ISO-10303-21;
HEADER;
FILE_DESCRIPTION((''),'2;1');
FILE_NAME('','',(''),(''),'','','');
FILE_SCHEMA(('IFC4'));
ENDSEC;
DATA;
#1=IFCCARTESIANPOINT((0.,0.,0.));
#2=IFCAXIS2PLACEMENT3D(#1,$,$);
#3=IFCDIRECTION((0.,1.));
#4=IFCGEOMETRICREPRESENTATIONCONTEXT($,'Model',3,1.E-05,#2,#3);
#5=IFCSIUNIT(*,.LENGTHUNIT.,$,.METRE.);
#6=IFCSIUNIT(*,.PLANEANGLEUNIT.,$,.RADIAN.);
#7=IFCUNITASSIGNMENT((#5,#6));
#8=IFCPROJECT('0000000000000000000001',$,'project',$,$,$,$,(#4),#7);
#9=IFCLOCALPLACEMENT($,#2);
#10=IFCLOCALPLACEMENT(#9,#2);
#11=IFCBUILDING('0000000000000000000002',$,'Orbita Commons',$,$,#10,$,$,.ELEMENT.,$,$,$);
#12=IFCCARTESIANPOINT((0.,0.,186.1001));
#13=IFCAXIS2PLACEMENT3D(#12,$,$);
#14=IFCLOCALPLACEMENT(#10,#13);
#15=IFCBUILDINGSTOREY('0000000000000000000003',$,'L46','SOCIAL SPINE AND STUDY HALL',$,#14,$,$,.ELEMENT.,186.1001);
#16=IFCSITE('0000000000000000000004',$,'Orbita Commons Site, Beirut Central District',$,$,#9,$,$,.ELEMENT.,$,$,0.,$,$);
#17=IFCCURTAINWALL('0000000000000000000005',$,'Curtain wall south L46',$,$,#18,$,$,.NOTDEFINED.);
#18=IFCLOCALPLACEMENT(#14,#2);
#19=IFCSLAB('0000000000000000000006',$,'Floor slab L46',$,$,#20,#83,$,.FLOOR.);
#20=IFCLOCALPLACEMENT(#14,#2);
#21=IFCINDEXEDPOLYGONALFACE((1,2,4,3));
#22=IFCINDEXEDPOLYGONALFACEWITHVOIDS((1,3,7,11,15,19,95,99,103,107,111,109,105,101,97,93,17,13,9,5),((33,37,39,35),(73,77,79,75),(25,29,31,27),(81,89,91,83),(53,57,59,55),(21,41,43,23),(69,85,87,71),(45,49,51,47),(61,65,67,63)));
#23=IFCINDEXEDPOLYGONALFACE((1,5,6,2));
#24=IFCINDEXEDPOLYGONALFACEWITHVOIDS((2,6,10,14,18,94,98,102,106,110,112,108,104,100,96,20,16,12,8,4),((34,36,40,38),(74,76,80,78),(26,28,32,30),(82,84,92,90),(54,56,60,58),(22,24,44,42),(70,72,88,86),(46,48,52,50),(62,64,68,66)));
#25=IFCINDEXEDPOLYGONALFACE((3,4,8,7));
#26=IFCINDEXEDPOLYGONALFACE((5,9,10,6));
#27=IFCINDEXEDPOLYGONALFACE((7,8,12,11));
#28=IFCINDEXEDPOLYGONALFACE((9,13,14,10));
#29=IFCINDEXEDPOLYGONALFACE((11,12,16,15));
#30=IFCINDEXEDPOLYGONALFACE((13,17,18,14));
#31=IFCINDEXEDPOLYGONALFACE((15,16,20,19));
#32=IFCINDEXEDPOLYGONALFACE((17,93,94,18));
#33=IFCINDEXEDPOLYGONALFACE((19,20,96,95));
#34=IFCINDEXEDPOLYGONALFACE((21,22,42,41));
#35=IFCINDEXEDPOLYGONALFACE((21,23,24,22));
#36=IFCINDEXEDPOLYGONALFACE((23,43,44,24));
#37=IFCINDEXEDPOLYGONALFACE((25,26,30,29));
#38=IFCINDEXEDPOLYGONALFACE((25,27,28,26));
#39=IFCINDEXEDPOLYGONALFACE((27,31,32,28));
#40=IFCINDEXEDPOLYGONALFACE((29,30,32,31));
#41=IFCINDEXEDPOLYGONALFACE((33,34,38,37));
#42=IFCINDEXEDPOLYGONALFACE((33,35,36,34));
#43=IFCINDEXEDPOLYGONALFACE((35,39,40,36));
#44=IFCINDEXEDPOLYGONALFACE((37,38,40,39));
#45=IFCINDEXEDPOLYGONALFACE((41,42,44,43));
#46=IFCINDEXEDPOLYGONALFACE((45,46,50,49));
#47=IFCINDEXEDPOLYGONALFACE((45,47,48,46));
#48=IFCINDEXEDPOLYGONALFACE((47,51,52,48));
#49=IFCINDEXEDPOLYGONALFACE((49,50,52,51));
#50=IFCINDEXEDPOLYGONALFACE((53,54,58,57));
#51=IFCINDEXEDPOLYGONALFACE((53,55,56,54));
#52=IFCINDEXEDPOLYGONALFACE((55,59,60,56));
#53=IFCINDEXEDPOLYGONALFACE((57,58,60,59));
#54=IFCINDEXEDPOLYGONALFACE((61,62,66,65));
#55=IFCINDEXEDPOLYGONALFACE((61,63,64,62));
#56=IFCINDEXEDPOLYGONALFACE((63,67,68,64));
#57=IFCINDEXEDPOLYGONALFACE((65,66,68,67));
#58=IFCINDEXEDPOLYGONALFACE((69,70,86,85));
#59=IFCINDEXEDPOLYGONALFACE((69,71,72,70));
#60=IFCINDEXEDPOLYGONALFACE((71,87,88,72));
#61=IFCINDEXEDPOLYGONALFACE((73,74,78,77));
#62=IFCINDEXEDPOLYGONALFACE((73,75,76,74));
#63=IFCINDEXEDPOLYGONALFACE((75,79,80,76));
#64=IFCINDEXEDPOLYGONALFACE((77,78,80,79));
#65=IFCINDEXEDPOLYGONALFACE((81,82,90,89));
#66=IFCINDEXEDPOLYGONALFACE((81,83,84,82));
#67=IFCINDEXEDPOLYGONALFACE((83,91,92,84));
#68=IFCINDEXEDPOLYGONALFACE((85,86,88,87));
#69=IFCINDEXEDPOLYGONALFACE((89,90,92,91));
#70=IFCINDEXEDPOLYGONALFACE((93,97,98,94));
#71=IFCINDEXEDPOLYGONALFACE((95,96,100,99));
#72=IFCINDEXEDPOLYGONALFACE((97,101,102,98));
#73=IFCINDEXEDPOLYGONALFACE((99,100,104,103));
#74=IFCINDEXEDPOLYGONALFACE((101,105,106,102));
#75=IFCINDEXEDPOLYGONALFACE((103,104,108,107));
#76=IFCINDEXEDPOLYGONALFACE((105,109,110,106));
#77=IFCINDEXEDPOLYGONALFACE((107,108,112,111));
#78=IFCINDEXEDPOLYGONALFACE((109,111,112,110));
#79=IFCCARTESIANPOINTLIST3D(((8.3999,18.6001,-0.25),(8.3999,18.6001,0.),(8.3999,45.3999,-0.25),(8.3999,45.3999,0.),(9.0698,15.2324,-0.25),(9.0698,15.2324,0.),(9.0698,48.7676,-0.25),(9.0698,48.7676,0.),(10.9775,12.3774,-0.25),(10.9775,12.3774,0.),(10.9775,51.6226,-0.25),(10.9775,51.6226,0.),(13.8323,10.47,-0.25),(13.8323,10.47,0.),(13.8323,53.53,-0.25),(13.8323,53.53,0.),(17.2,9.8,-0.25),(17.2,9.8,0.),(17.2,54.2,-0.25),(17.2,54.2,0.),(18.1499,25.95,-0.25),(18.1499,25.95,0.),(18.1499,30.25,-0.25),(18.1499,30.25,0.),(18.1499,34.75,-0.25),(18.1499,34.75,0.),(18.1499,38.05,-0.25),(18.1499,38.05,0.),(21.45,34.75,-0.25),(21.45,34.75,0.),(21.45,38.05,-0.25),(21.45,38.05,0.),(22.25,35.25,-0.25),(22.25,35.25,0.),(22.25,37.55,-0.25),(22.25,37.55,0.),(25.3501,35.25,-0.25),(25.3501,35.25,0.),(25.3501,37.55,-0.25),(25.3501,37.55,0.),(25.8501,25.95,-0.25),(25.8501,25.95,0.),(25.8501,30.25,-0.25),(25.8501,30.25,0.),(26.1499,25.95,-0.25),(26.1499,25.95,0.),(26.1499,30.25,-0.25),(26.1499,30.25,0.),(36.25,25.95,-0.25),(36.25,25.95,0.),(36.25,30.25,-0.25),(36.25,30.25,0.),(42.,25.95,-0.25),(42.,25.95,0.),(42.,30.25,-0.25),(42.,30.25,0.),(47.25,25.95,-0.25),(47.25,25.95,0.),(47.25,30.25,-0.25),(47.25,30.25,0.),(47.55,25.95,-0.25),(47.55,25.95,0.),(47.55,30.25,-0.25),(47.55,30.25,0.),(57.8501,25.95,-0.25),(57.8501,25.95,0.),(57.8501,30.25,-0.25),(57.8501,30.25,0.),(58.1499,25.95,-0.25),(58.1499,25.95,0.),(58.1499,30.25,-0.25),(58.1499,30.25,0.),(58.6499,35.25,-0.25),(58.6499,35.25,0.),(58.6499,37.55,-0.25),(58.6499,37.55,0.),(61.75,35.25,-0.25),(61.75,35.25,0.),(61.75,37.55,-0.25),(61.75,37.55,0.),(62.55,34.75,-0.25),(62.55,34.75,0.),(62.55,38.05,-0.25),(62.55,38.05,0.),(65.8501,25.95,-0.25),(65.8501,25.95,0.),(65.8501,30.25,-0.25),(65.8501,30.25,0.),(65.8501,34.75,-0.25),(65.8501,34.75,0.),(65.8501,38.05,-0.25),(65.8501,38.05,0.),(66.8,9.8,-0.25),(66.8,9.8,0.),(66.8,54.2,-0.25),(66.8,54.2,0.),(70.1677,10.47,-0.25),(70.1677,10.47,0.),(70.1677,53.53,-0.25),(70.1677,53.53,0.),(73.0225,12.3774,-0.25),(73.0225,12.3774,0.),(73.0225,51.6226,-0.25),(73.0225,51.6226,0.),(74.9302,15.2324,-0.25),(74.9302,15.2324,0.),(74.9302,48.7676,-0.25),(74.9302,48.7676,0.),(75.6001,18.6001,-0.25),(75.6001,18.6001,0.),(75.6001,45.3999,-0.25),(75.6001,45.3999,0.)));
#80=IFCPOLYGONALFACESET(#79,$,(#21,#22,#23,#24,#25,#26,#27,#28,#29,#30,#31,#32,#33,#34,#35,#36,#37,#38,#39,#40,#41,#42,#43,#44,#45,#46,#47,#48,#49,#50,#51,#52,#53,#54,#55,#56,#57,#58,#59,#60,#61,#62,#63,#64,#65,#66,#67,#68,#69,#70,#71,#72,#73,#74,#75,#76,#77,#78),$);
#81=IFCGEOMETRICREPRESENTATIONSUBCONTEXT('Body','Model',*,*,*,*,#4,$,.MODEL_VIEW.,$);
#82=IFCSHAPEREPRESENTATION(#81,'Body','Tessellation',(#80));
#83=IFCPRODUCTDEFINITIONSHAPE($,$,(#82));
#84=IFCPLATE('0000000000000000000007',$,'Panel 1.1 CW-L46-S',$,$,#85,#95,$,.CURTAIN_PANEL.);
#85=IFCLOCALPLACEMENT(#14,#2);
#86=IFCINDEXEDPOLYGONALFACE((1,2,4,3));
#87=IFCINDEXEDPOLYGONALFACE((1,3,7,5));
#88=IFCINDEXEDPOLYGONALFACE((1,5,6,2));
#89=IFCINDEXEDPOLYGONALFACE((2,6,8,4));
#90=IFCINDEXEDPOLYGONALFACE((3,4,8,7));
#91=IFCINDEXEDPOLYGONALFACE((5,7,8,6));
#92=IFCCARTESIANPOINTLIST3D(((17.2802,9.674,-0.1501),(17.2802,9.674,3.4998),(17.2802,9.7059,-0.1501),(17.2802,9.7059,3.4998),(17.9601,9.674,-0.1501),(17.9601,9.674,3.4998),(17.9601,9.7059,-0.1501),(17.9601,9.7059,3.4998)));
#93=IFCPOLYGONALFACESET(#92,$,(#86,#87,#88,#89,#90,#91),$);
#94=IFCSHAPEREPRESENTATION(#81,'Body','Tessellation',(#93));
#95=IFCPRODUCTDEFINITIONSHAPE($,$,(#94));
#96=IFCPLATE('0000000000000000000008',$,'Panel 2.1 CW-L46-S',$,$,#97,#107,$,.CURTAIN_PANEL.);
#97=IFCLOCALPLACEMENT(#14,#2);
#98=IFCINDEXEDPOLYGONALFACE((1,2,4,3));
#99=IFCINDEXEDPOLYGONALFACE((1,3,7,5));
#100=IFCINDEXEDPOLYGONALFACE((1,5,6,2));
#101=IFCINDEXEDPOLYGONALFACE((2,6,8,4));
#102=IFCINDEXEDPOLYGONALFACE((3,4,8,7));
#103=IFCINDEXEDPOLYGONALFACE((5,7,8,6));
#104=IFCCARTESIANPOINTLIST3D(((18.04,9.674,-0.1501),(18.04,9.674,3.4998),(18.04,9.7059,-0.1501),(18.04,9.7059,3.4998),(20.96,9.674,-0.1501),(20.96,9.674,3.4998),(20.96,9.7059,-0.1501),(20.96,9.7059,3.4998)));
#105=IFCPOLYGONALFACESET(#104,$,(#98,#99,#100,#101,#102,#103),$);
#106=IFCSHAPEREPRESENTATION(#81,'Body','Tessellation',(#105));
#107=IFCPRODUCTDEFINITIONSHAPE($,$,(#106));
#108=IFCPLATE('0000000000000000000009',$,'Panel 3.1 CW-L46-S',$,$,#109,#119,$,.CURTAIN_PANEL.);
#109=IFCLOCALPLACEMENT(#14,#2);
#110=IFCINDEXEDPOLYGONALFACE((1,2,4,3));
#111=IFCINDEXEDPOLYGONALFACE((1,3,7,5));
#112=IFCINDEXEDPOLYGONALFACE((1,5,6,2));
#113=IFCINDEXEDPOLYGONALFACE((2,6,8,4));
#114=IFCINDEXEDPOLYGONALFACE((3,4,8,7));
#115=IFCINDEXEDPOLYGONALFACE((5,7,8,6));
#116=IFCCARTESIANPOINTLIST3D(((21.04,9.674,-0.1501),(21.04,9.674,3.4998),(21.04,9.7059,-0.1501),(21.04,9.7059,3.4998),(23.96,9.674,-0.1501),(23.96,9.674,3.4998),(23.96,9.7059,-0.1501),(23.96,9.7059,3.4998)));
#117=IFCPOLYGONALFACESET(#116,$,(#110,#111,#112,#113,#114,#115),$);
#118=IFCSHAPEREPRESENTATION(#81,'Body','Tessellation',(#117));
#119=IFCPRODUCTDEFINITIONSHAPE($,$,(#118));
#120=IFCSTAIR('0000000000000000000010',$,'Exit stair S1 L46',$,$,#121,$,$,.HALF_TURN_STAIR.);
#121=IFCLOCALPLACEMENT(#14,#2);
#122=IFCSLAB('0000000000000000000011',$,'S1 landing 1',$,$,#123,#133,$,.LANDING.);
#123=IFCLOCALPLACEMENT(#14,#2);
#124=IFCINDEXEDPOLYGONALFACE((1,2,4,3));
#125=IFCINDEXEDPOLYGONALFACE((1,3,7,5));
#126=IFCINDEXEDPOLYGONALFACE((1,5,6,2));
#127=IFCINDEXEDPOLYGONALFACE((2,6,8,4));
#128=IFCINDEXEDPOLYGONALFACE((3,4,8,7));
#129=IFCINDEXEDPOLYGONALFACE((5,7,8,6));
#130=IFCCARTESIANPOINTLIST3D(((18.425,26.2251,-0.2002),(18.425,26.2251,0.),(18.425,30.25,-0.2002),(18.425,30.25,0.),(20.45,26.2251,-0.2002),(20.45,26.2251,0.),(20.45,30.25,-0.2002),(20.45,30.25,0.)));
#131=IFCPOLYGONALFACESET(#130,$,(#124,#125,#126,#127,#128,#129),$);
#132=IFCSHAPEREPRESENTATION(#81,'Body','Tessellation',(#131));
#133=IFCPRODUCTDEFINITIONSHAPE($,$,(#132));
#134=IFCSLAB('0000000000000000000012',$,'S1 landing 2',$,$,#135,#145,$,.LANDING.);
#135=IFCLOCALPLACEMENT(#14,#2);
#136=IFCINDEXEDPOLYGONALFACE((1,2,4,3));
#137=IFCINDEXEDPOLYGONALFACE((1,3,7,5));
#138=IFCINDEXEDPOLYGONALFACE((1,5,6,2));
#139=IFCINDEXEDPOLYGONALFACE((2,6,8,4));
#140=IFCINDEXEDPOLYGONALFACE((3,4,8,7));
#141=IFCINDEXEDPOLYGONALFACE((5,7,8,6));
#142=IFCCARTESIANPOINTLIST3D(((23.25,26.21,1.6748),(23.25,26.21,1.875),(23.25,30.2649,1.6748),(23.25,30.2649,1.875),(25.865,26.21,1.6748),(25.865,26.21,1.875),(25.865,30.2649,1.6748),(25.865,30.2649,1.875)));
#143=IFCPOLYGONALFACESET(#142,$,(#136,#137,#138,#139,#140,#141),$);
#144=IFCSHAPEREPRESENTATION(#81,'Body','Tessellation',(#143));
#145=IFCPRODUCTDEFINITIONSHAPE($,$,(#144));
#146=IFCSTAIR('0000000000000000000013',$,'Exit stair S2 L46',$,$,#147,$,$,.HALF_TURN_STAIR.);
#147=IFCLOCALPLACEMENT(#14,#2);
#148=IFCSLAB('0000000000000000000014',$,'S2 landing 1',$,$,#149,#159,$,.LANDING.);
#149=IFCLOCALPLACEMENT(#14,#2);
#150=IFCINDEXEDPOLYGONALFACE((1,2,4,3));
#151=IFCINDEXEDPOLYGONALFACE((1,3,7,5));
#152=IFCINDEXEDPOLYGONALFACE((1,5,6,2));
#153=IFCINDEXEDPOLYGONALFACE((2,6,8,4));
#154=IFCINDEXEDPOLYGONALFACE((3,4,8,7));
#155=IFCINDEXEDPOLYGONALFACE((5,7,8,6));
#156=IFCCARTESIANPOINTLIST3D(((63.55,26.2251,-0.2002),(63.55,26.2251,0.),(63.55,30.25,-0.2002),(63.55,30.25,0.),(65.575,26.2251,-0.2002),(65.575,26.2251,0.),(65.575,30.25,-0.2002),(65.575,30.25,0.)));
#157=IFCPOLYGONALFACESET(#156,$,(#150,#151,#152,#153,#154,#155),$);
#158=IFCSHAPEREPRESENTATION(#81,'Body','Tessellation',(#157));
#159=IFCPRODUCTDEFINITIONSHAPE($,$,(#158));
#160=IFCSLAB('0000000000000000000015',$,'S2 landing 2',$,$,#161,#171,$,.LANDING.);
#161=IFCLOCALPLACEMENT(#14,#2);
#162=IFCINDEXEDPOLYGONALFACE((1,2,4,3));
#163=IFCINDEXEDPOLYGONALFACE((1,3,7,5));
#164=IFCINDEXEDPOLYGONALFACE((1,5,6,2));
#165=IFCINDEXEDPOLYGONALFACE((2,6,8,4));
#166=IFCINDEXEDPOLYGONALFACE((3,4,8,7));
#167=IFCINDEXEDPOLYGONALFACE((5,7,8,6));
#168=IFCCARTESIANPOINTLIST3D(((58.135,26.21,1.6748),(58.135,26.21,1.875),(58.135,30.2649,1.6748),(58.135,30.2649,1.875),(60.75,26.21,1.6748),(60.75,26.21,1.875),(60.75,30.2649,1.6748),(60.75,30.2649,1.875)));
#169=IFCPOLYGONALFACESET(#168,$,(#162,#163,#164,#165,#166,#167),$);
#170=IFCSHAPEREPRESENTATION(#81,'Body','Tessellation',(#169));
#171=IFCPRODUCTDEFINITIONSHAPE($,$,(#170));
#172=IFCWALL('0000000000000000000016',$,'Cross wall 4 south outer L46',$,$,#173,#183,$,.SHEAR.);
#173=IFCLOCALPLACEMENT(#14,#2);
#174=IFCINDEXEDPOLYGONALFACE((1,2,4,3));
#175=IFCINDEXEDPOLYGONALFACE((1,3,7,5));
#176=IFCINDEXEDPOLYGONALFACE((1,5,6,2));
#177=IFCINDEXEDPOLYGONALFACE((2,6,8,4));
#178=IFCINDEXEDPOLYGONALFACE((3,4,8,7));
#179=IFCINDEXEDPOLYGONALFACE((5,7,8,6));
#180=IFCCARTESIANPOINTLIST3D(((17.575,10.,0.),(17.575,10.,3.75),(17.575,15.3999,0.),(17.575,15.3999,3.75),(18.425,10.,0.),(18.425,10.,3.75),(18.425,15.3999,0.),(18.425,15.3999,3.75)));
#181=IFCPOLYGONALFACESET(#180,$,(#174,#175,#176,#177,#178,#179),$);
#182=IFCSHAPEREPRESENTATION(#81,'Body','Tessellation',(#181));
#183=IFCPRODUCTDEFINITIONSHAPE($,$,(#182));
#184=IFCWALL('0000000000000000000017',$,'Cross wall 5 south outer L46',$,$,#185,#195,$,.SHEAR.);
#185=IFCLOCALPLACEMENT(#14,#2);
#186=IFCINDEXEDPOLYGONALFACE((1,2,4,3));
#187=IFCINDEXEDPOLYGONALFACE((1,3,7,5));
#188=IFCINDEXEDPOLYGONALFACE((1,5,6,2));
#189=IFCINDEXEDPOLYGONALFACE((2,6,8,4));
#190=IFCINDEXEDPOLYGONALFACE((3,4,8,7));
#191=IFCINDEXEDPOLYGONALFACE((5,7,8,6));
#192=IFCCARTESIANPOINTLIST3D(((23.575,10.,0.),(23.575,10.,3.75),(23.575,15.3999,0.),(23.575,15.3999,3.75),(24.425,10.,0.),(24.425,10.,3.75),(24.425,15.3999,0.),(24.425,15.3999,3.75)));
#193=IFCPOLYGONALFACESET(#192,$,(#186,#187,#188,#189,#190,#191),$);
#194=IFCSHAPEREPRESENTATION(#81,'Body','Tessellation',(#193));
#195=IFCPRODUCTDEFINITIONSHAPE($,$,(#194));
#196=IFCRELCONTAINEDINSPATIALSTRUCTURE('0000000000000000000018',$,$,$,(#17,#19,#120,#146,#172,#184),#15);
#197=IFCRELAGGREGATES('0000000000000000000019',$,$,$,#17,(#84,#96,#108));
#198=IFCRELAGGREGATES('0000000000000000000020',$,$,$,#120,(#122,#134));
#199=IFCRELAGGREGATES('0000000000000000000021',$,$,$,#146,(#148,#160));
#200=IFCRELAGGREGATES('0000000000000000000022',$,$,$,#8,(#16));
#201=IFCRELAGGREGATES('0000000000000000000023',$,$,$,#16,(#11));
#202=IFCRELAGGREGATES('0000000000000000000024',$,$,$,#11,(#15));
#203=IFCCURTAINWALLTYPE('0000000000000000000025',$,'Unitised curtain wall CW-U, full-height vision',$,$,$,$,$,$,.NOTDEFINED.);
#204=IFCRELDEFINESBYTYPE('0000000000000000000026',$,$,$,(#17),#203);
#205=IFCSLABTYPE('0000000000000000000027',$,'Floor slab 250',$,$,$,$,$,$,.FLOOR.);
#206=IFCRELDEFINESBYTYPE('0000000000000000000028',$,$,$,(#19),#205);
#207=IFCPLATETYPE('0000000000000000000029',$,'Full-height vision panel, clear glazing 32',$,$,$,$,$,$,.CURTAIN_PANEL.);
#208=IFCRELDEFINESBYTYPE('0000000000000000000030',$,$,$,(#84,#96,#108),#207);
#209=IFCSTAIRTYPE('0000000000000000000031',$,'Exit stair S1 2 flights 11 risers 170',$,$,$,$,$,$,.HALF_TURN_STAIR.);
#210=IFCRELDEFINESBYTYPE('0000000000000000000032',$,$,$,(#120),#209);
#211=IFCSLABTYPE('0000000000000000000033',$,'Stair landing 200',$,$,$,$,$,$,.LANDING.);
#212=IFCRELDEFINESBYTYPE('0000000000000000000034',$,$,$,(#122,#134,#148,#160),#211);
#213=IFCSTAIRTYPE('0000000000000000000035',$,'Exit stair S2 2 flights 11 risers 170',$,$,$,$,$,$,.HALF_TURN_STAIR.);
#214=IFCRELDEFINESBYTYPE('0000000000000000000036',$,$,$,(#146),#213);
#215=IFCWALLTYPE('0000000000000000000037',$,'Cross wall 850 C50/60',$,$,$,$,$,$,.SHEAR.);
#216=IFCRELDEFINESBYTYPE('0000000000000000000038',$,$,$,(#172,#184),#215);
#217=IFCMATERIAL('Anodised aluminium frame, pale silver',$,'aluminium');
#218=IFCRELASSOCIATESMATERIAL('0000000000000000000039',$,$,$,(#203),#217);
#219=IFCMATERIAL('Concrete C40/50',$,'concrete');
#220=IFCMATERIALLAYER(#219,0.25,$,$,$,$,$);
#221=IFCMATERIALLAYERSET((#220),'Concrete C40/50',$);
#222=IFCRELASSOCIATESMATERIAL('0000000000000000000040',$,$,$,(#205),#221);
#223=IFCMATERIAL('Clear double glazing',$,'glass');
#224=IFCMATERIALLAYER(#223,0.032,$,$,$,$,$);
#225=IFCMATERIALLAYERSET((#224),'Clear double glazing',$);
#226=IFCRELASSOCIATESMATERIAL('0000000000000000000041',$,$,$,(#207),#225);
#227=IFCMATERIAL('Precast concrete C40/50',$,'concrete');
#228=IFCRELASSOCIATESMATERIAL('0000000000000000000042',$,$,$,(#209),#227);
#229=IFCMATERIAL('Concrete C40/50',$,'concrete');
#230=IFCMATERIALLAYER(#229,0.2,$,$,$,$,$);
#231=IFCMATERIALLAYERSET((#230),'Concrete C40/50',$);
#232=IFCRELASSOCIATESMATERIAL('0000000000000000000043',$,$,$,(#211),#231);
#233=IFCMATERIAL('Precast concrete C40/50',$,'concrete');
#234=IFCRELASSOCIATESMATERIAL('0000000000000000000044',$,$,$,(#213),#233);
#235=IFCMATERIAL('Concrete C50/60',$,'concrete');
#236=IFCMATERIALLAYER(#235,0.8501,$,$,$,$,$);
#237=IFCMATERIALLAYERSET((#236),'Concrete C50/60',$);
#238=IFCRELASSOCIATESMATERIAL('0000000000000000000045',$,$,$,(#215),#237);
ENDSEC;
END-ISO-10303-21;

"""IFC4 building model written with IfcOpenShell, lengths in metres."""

from ifc_helpers import new_model, si_unit, direction, frame, frame_2d, origin, origin_2d, place, context, subcontext, project, spatial, polyline, rectangle, outline, extrude, material, layer, layer_set, type_object, element, aggregate, save


model = new_model("IFC4")

# Units and contexts
model_context = context("Model", 3, precision=1e-05, world=origin(), true_north=direction((0.0, 1.0)))
body_context = subcontext(model_context, "Body", "Model", "MODEL_VIEW")
ifc_project = project(units=[si_unit("LENGTHUNIT", "METRE"), si_unit("PLANEANGLEUNIT", "RADIAN")], contexts=[model_context])

# Site, building, storey
site_placement = place(None, origin())
site = spatial("IfcSite", under=ifc_project, at=site_placement, Name="Orbita Commons Site, Beirut Central District", CompositionType="ELEMENT", RefElevation=0.0)
building_placement = place(site_placement, origin())
building = spatial("IfcBuilding", under=site, at=building_placement, Name="Orbita Commons", CompositionType="ELEMENT")
storey_placement = place(building_placement, frame((0.0, 0.0, 186.1001)))
storey = spatial("IfcBuildingStorey", under=building, at=storey_placement, Name="L46", Description="SOCIAL SPINE AND STUDY HALL", CompositionType="ELEMENT", Elevation=186.1001)

# Curtain wall
ifc_material_1 = material(Name="Anodised aluminium frame, pale silver", Category="aluminium")
curtain_wall_type = type_object("IfcCurtainWallType", Name="Unitised curtain wall CW-U, full-height vision", PredefinedType="NOTDEFINED", material=ifc_material_1)
curtain_wall_placement = place(storey_placement, origin())
curtain_wall = element("IfcCurtainWall", 1, at=curtain_wall_placement, inside=storey, type_object=curtain_wall_type, Name="Curtain wall south L46", PredefinedType="NOTDEFINED")

# Slab
ifc_material_2 = material(Name="Concrete C40/50", Category="concrete")
ifc_layer_1 = layer(ifc_material_2, 0.25)
ifc_layer_set_1 = layer_set([ifc_layer_1], Name="Concrete C40/50")
slab_type_1 = type_object("IfcSlabType", Name="Floor slab 250", PredefinedType="FLOOR", material=ifc_layer_set_1)
slab_1_placement = place(storey_placement, frame((0.0, 0.0, -0.25)))
element("IfcSlab", 2, at=slab_1_placement, inside=storey, type_object=slab_type_1, Name="Floor slab L46", PredefinedType="FLOOR", context=body_context, shape_type="SweptSolid", body=[
    extrude(outline(polyline([(66.8, 9.8), (70.1677, 10.47), (73.0225, 12.3774), (74.9302, 15.2324), (75.6001, 18.6001), (75.6001, 45.3999), (74.9302, 48.7676), (73.0225, 51.6226), (70.1677, 53.53), (66.8, 54.2), (17.2, 54.2), (13.8323, 53.53), (10.9775, 51.6226), (9.0698, 48.7676), (8.3999, 45.3999), (8.3999, 18.6001), (9.0698, 15.2324), (10.9775, 12.3774), (13.8323, 10.47), (17.2, 9.8), (66.8, 9.8)]), holes=[polyline([(18.1499, 25.95), (25.8501, 25.95), (25.8501, 30.25), (18.1499, 30.25), (18.1499, 25.95)]), polyline([(58.1499, 25.95), (65.8501, 25.95), (65.8501, 30.25), (58.1499, 30.25), (58.1499, 25.95)]), polyline([(18.1499, 34.75), (21.45, 34.75), (21.45, 38.05), (18.1499, 38.05), (18.1499, 34.75)]), polyline([(62.55, 34.75), (65.8501, 34.75), (65.8501, 38.05), (62.55, 38.05), (62.55, 34.75)]), polyline([(22.25, 35.25), (25.3501, 35.25), (25.3501, 37.55), (22.25, 37.55), (22.25, 35.25)]), polyline([(58.6499, 35.25), (61.75, 35.25), (61.75, 37.55), (58.6499, 37.55), (58.6499, 35.25)]), polyline([(26.1499, 25.95), (36.25, 25.95), (36.25, 30.25), (26.1499, 30.25), (26.1499, 25.95)]), polyline([(42.0, 25.95), (47.25, 25.95), (47.25, 30.25), (42.0, 30.25), (42.0, 25.95)]), polyline([(47.55, 25.95), (57.8501, 25.95), (57.8501, 30.25), (47.55, 30.25), (47.55, 25.95)])]), origin(), (0.0, 0.0, 1.0), 0.25),
])

# Plates
ifc_material_3 = material(Name="Clear double glazing", Category="glass")
ifc_layer_2 = layer(ifc_material_3, 0.032)
ifc_layer_set_2 = layer_set([ifc_layer_2], Name="Clear double glazing")
plate_type = type_object("IfcPlateType", Name="Full-height vision panel, clear glazing 32", PredefinedType="CURTAIN_PANEL", material=ifc_layer_set_2)
plate_1_placement = place(storey_placement, frame((17.6201, 9.6899, -0.1501), z_axis=(0.0, 0.0, 1.0), x_axis=(1.0, 0.0, 0.0)))
plate_1 = element("IfcPlate", 3, at=plate_1_placement, type_object=plate_type, Name="Panel 1.1 CW-L46-S", PredefinedType="CURTAIN_PANEL", context=body_context, shape_type="SweptSolid", body=[
    extrude(rectangle(XDim=0.6799, YDim=0.032, at=origin_2d()), origin(), (0.0, 0.0, 1.0), 3.6499),
])
plate_2_placement = place(storey_placement, frame((19.5, 9.6899, -0.1501), z_axis=(0.0, 0.0, 1.0), x_axis=(1.0, 0.0, 0.0)))
plate_2 = element("IfcPlate", 4, at=plate_2_placement, type_object=plate_type, Name="Panel 2.1 CW-L46-S", PredefinedType="CURTAIN_PANEL", context=body_context, shape_type="SweptSolid", body=[
    extrude(rectangle(XDim=2.9199, YDim=0.032, at=origin_2d()), origin(), (0.0, 0.0, 1.0), 3.6499),
])
plate_3_placement = place(storey_placement, frame((22.5, 9.6899, -0.1501), z_axis=(0.0, 0.0, 1.0), x_axis=(1.0, 0.0, 0.0)))
plate_3 = element("IfcPlate", 5, at=plate_3_placement, type_object=plate_type, Name="Panel 3.1 CW-L46-S", PredefinedType="CURTAIN_PANEL", context=body_context, shape_type="SweptSolid", body=[
    extrude(rectangle(XDim=2.9199, YDim=0.032, at=origin_2d()), origin(), (0.0, 0.0, 1.0), 3.6499),
])
aggregate(curtain_wall, [plate_1, plate_2, plate_3])

# Stairs, slabs
ifc_material_4 = material(Name="Precast concrete C40/50", Category="concrete")
stair_type_1 = type_object("IfcStairType", Name="Exit stair S1 2 flights 11 risers 170", PredefinedType="HALF_TURN_STAIR", material=ifc_material_4)
stair_1_placement = place(storey_placement, origin())
stair_1 = element("IfcStair", 6, at=stair_1_placement, inside=storey, type_object=stair_type_1, Name="Exit stair S1 L46", PredefinedType="HALF_TURN_STAIR")
ifc_material_5 = material(Name="Concrete C40/50", Category="concrete")
ifc_layer_3 = layer(ifc_material_5, 0.2)
ifc_layer_set_3 = layer_set([ifc_layer_3], Name="Concrete C40/50")
slab_type_2 = type_object("IfcSlabType", Name="Stair landing 200", PredefinedType="LANDING", material=ifc_layer_set_3)
slab_2_placement = place(storey_placement, frame((0.0, 0.0, -0.2002)))
slab_2 = element("IfcSlab", 7, at=slab_2_placement, type_object=slab_type_2, Name="S1 landing 1", PredefinedType="LANDING", context=body_context, shape_type="SweptSolid", body=[
    extrude(outline(polyline([(18.425, 26.2251), (20.45, 26.2251), (20.45, 30.25), (18.425, 30.25), (18.425, 26.2251)])), origin(), (0.0, 0.0, 1.0), 0.2002),
])
slab_3_placement = place(storey_placement, frame((0.0, 0.0, 1.6748)))
slab_3 = element("IfcSlab", 8, at=slab_3_placement, type_object=slab_type_2, Name="S1 landing 2", PredefinedType="LANDING", context=body_context, shape_type="SweptSolid", body=[
    extrude(outline(polyline([(23.25, 26.21), (25.865, 26.21), (25.865, 30.2649), (23.25, 30.2649), (23.25, 26.21)])), origin(), (0.0, 0.0, 1.0), 0.2002),
])
aggregate(stair_1, [slab_2, slab_3])
ifc_material_6 = material(Name="Precast concrete C40/50", Category="concrete")
stair_type_2 = type_object("IfcStairType", Name="Exit stair S2 2 flights 11 risers 170", PredefinedType="HALF_TURN_STAIR", material=ifc_material_6)
stair_2_placement = place(storey_placement, origin())
stair_2 = element("IfcStair", 9, at=stair_2_placement, inside=storey, type_object=stair_type_2, Name="Exit stair S2 L46", PredefinedType="HALF_TURN_STAIR")
slab_4_placement = place(storey_placement, frame((0.0, 0.0, -0.2002)))
slab_4 = element("IfcSlab", 10, at=slab_4_placement, type_object=slab_type_2, Name="S2 landing 1", PredefinedType="LANDING", context=body_context, shape_type="SweptSolid", body=[
    extrude(outline(polyline([(63.55, 26.2251), (65.575, 26.2251), (65.575, 30.25), (63.55, 30.25), (63.55, 26.2251)])), origin(), (0.0, 0.0, 1.0), 0.2002),
])
slab_5_placement = place(storey_placement, frame((0.0, 0.0, 1.6748)))
slab_5 = element("IfcSlab", 11, at=slab_5_placement, type_object=slab_type_2, Name="S2 landing 2", PredefinedType="LANDING", context=body_context, shape_type="SweptSolid", body=[
    extrude(outline(polyline([(58.135, 26.21), (60.75, 26.21), (60.75, 30.2649), (58.135, 30.2649), (58.135, 26.21)])), origin(), (0.0, 0.0, 1.0), 0.2002),
])
aggregate(stair_2, [slab_4, slab_5])

# Walls
ifc_material_7 = material(Name="Concrete C50/60", Category="concrete")
ifc_layer_4 = layer(ifc_material_7, 0.8501)
ifc_layer_set_4 = layer_set([ifc_layer_4], Name="Concrete C50/60")
wall_type_1 = type_object("IfcWallType", Name="Cross wall 850 C50/60", PredefinedType="SHEAR", material=ifc_layer_set_4)
for number, where, z_axis, x_axis, name in (
    (12, (18.0, 10.0, 0.0), (0.0, 0.0, 1.0), (0.0, 1.0, 0.0), "Cross wall 4 south outer L46"),
    (13, (24.0, 10.0, 0.0), (0.0, 0.0, 1.0), (0.0, 1.0, 0.0), "Cross wall 5 south outer L46"),
):
    element("IfcWall", number, at=place(storey_placement, frame(where, z_axis=z_axis, x_axis=x_axis)), inside=storey, type_object=wall_type_1, Name=name, PredefinedType="SHEAR", context=body_context, shape_type="SweptSolid", body=[
        extrude(rectangle(XDim=5.3999, YDim=0.8501, at=frame_2d((2.7, 0.0))), origin(), (0.0, 0.0, 1.0), 3.75),
    ])

save(model, "model.ifc")
